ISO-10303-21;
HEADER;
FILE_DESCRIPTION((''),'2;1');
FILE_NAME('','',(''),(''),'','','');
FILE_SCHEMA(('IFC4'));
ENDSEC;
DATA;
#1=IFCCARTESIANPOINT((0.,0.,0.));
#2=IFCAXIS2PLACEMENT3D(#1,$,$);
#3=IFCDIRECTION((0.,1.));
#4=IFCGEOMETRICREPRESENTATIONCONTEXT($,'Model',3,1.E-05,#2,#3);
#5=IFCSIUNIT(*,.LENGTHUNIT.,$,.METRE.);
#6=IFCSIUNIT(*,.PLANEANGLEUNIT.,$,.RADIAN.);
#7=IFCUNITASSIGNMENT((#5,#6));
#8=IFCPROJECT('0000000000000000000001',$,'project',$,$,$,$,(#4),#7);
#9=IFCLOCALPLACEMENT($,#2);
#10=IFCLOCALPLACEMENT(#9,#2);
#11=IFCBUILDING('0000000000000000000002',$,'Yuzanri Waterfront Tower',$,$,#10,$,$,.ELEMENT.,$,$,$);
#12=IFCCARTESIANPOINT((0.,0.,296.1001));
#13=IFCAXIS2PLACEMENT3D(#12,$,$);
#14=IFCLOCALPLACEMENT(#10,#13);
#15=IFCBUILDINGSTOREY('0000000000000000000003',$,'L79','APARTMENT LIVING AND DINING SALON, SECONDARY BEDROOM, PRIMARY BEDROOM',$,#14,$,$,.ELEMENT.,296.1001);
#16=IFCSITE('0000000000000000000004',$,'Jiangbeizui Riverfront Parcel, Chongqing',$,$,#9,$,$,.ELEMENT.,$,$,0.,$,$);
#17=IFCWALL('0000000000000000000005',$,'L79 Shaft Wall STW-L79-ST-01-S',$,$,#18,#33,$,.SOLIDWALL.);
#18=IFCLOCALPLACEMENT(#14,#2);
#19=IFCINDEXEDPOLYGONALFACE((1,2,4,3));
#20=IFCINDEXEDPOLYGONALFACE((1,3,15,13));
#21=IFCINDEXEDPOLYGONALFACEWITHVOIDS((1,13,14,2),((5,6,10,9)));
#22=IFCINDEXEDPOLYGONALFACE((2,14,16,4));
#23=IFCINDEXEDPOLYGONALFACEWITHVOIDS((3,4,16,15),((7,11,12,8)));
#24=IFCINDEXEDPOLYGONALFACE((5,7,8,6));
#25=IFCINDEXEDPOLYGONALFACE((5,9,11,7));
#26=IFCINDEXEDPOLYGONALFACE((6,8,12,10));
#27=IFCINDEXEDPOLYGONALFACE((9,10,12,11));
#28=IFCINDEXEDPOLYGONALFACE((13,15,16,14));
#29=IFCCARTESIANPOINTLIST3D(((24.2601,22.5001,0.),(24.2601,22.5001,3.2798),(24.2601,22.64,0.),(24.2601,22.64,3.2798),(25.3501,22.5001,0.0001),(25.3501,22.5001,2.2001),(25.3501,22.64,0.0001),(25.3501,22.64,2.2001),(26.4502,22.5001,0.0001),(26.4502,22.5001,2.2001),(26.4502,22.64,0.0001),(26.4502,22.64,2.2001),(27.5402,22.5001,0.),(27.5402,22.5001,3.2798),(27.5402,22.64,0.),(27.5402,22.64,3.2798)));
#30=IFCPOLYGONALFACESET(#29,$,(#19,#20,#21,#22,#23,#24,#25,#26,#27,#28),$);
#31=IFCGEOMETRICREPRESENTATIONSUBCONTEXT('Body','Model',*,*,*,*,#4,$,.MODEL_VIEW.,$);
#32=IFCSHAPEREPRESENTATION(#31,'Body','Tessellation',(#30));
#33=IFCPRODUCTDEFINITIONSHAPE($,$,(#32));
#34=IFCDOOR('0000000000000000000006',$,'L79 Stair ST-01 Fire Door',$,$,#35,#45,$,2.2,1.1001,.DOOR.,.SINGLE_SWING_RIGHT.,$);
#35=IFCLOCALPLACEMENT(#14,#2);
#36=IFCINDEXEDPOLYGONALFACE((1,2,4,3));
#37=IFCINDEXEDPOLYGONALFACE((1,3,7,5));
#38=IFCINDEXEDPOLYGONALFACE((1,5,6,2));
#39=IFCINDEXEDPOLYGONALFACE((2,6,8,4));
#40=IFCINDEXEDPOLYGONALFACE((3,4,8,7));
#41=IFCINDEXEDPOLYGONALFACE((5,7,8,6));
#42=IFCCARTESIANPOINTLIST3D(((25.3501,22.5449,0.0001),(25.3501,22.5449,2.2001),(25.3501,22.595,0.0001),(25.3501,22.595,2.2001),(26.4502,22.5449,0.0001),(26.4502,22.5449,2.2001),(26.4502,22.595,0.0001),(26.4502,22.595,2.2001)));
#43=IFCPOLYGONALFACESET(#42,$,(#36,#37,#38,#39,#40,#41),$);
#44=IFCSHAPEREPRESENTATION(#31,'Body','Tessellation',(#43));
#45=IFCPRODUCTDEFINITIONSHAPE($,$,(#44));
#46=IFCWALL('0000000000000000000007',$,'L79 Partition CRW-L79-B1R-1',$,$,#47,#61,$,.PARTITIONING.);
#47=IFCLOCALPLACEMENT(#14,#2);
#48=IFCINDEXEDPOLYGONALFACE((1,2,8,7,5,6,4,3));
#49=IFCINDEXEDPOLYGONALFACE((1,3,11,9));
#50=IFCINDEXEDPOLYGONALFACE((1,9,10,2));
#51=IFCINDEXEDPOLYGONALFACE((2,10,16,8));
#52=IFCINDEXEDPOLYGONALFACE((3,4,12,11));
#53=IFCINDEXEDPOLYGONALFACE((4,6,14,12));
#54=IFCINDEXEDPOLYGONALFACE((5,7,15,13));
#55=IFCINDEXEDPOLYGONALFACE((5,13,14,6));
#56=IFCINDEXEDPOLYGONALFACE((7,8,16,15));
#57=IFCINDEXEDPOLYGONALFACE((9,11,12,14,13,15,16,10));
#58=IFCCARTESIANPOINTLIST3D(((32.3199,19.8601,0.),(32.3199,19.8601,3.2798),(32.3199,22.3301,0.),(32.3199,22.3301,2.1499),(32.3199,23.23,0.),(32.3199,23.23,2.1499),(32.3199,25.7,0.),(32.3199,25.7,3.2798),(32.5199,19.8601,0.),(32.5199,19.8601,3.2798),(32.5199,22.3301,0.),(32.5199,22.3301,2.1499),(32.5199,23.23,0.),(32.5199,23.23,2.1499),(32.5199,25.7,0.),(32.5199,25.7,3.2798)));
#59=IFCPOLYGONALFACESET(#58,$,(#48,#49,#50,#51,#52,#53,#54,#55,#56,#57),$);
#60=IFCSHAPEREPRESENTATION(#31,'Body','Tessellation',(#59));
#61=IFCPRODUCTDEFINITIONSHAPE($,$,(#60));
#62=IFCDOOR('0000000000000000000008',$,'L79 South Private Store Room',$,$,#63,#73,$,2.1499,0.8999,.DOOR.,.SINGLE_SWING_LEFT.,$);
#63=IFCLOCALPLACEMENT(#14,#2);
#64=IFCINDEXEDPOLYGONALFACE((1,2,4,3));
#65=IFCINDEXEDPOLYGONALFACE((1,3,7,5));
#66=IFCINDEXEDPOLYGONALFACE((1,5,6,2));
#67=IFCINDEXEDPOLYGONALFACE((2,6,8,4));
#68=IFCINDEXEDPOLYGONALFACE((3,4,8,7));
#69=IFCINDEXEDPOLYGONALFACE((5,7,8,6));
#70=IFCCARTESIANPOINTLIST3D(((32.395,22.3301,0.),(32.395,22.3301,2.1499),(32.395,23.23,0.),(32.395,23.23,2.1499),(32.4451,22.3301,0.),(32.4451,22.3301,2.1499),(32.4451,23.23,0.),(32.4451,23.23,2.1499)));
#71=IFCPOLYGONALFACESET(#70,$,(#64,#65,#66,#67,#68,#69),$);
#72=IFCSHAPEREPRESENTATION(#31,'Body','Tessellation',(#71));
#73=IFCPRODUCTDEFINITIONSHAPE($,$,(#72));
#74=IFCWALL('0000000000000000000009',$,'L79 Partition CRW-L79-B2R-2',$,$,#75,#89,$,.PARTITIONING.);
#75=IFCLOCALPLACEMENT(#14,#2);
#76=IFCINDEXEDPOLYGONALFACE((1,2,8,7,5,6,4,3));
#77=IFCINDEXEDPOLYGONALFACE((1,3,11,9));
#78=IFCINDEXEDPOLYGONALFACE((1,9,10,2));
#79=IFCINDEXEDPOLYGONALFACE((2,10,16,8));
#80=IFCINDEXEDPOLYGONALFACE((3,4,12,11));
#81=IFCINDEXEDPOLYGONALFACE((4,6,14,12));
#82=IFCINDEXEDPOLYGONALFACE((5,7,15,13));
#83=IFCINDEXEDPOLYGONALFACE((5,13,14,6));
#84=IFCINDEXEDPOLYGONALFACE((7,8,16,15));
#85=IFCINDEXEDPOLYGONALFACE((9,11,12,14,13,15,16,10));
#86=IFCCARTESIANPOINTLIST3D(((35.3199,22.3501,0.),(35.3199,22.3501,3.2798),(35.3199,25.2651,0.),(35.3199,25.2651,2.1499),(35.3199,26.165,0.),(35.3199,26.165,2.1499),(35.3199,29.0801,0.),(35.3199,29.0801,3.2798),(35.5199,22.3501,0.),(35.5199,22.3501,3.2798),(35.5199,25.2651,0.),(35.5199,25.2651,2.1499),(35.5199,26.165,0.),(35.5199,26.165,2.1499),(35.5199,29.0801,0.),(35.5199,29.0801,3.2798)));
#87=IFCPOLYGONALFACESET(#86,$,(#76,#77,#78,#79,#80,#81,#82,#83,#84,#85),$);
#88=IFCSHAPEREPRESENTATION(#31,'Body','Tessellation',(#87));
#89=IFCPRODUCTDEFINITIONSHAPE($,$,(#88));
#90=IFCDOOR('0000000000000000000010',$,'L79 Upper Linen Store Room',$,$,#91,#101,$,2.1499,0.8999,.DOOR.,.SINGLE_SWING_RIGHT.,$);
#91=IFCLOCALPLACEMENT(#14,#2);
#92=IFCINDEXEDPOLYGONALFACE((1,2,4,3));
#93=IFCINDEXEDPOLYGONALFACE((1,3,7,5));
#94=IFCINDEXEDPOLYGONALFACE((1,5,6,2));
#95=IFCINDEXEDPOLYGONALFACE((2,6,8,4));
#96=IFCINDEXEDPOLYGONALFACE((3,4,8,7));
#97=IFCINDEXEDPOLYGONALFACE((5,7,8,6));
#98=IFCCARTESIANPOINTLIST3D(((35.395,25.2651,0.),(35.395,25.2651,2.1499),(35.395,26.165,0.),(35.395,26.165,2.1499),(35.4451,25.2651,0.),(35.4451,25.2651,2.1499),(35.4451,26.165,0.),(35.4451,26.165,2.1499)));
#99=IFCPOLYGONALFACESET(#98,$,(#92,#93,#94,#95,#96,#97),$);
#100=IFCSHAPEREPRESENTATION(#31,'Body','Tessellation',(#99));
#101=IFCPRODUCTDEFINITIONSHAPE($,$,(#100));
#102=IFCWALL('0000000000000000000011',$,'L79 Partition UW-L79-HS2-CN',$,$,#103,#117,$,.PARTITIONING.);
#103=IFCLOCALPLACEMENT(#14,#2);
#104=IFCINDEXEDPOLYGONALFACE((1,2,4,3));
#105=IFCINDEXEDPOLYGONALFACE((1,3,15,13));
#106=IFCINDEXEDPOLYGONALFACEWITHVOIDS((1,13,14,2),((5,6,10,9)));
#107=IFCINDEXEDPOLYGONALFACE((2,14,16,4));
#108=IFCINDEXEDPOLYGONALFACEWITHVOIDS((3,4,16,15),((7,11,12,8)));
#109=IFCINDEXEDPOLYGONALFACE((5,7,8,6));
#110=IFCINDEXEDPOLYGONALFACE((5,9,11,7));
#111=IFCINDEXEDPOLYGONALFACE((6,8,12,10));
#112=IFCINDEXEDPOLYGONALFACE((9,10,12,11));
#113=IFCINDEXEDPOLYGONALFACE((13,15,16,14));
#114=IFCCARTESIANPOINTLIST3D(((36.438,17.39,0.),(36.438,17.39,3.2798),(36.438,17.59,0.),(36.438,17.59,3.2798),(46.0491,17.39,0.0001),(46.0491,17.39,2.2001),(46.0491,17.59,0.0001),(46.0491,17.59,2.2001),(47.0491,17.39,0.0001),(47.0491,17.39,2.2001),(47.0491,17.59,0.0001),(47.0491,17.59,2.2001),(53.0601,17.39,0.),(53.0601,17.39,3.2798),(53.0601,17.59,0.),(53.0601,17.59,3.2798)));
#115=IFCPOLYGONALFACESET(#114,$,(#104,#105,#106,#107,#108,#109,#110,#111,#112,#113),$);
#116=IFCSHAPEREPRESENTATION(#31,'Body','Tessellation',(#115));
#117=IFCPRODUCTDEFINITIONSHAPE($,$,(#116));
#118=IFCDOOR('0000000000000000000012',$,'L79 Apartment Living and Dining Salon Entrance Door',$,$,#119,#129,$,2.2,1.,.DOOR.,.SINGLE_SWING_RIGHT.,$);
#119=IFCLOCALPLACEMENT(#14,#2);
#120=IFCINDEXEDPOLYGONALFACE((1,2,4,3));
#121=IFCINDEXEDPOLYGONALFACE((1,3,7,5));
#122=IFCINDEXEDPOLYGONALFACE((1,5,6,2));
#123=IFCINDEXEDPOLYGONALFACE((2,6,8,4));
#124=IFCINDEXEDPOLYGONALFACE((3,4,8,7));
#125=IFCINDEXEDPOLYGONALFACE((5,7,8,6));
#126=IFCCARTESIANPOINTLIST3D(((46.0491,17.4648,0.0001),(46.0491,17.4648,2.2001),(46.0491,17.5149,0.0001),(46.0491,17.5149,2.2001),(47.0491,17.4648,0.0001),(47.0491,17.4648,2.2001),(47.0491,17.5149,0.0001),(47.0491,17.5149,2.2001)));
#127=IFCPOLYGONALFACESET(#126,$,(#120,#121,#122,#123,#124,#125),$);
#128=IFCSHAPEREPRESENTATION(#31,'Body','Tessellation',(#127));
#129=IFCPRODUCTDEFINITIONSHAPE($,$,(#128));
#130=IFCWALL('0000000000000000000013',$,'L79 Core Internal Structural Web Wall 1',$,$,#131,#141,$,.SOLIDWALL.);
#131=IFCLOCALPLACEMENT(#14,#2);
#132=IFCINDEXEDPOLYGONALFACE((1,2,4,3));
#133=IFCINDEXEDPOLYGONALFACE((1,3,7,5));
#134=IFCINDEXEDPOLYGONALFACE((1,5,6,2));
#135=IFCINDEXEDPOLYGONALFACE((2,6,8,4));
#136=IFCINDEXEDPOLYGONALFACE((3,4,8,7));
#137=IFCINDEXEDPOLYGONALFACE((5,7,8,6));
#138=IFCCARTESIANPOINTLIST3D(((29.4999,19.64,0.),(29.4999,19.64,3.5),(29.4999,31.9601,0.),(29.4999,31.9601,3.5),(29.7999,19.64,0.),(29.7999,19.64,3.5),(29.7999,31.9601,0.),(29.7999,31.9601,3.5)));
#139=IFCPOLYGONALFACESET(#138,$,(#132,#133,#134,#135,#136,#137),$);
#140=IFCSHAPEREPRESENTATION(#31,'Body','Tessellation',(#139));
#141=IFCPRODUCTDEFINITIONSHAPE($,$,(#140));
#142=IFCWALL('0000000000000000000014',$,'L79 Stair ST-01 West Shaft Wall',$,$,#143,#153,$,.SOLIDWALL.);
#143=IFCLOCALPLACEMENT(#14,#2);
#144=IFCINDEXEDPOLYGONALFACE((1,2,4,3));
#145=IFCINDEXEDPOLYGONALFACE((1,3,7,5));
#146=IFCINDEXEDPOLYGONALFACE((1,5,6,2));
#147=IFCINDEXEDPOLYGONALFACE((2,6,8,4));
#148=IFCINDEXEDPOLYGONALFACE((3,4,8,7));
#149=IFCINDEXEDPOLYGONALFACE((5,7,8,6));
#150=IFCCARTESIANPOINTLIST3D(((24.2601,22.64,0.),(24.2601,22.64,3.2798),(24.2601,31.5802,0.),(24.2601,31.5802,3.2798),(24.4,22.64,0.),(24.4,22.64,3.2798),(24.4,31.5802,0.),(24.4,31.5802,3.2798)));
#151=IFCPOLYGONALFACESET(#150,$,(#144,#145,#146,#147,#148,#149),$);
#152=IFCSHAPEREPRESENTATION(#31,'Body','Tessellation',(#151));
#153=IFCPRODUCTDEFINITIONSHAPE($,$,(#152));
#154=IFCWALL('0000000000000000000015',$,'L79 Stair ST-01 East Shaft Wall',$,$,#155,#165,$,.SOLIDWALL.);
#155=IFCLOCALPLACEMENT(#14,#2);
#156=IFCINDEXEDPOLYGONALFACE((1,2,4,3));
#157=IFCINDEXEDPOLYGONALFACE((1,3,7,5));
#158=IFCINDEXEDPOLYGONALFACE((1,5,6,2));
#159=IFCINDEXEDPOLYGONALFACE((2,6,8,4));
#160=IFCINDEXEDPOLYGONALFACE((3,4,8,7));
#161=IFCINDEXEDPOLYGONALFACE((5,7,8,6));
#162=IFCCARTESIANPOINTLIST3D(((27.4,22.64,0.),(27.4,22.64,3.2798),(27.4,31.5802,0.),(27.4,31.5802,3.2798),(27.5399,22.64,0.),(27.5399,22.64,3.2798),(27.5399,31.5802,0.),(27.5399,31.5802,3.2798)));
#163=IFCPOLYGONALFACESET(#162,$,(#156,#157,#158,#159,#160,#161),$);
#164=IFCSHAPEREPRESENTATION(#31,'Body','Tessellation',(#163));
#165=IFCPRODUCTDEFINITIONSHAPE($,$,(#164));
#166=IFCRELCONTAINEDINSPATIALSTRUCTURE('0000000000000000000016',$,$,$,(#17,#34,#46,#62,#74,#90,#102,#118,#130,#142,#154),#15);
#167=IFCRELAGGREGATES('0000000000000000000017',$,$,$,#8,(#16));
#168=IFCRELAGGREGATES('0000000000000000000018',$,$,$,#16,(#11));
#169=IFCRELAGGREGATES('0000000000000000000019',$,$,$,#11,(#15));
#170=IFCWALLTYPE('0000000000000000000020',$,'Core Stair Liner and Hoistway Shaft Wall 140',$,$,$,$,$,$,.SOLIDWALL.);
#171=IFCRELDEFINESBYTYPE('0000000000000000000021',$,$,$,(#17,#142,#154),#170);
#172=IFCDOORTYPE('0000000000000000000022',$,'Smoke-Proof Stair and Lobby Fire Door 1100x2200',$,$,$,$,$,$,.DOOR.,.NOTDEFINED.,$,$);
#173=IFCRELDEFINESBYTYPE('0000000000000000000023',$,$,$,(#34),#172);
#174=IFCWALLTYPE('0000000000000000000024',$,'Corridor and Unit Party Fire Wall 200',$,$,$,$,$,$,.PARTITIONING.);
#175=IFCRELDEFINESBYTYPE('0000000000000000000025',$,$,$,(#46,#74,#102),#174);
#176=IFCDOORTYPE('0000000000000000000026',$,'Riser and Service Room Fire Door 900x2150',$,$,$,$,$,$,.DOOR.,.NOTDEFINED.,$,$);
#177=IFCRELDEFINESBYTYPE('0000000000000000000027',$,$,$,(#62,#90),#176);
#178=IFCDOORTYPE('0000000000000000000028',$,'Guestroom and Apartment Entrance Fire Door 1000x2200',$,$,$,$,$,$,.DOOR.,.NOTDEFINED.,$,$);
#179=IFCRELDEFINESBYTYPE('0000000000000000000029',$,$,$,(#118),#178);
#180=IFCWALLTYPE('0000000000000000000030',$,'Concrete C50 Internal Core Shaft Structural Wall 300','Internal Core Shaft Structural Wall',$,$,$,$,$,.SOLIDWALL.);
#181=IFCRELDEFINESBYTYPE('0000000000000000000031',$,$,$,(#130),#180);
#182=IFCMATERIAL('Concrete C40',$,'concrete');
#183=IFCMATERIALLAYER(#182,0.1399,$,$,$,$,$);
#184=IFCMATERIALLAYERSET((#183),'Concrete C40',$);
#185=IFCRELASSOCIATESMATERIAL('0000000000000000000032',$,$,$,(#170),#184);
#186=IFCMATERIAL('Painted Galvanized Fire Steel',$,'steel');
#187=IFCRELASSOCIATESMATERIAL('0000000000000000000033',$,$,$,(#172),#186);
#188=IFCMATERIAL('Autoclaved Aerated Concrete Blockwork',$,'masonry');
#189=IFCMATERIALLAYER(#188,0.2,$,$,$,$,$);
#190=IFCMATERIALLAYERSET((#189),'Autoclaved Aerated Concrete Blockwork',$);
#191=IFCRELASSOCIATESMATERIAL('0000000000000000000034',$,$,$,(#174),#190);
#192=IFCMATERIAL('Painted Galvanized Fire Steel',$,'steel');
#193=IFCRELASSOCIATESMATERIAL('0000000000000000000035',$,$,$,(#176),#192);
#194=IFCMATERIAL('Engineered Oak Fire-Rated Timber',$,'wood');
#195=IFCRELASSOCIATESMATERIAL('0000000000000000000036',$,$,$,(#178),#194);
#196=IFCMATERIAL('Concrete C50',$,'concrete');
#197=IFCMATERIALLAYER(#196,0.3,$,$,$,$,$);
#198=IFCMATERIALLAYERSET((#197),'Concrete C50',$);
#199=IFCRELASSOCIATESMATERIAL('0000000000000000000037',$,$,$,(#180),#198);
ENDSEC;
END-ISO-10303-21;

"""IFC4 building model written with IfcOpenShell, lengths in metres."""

from ifc_helpers import new_model, si_unit, direction, frame, frame_2d, origin, place, context, subcontext, project, spatial, rectangle, extrude, source, transform, mapped, material, layer, layer_set, type_object, element, fill, save


model = new_model("IFC4")

# Units and contexts
model_context = context("Model", 3, precision=1e-05, world=origin(), true_north=direction((0.0, 1.0)))
body_context = subcontext(model_context, "Body", "Model", "MODEL_VIEW")
ifc_project = project(units=[si_unit("LENGTHUNIT", "METRE"), si_unit("PLANEANGLEUNIT", "RADIAN")], contexts=[model_context])

# Site, building, storey
site_placement = place(None, origin())
site = spatial("IfcSite", under=ifc_project, at=site_placement, Name="Jiangbeizui Riverfront Parcel, Chongqing", CompositionType="ELEMENT", RefElevation=0.0)
building_placement = place(site_placement, origin())
building = spatial("IfcBuilding", under=site, at=building_placement, Name="Yuzanri Waterfront Tower", CompositionType="ELEMENT")
storey_placement = place(building_placement, frame((0.0, 0.0, 296.1001)))
storey = spatial("IfcBuildingStorey", under=building, at=storey_placement, Name="L79", Description="APARTMENT LIVING AND DINING SALON, SECONDARY BEDROOM, PRIMARY BEDROOM", CompositionType="ELEMENT", Elevation=296.1001)

# Walls, openings, doors
ifc_material_1 = material(Name="Concrete C40", Category="concrete")
ifc_layer_1 = layer(ifc_material_1, 0.1399)
ifc_layer_set_1 = layer_set([ifc_layer_1], Name="Concrete C40")
wall_type_1 = type_object("IfcWallType", Name="Core Stair Liner and Hoistway Shaft Wall 140", PredefinedType="SOLIDWALL", material=ifc_layer_set_1)
wall_1_placement = place(storey_placement, frame((24.26, 22.5701, 0.0), z_axis=(0.0, 0.0, 1.0), x_axis=(1.0, 0.0, 0.0)))
wall_1 = element("IfcWall", 1, at=wall_1_placement, inside=storey, type_object=wall_type_1, Name="L79 Shaft Wall STW-L79-ST-01-S", PredefinedType="SOLIDWALL", context=body_context, shape_type="SweptSolid", body=[
    extrude(rectangle(XDim=3.28, YDim=0.1399, at=frame_2d((1.6401, 0.0))), origin(), (0.0, 0.0, 1.0), 3.2798),
])
opening_1_placement = place(wall_1_placement, frame((1.0901, 0.0, 0.0)))
opening_1 = element("IfcOpeningElement", 2, at=opening_1_placement, cuts=wall_1, PredefinedType="OPENING", context=body_context, shape_type="SweptSolid", body=[
    extrude(rectangle(XDim=1.1001, YDim=2.2, at=frame_2d((0.55, 1.1001))), frame((0.0, 0.085, 0.0), z_axis=(0.0, -1.0, 0.0), x_axis=(1.0, 0.0, 0.0)), (0.0, 0.0, 1.0), 0.1697),
])
ifc_material_2 = material(Name="Painted Galvanized Fire Steel", Category="steel")
door_type_1 = type_object("IfcDoorType", Name="Smoke-Proof Stair and Lobby Fire Door 1100x2200", OperationType="NOTDEFINED", PredefinedType="DOOR", material=ifc_material_2)
shared_shape_1 = source(origin(), body_context, "Body", "SweptSolid", [
    extrude(rectangle(XDim=1.1001, YDim=2.2, at=frame_2d((0.55, 1.1001))), frame((0.0, 0.0249, 0.0), z_axis=(0.0, -1.0, 0.0), x_axis=(1.0, 0.0, 0.0)), (0.0, 0.0, 1.0), 0.05),
])
door_1_placement = place(opening_1_placement, origin())
door_1 = element("IfcDoor", 3, at=door_1_placement, inside=storey, type_object=door_type_1, Name="L79 Stair ST-01 Fire Door", OperationType="SINGLE_SWING_RIGHT", OverallHeight=2.2, OverallWidth=1.1001, PredefinedType="DOOR", context=body_context, shape_type="MappedRepresentation", body=[
    mapped(shared_shape_1, transform((0.0, 0.0, 0.0), scale=1.0)),
])
fill(opening_1, door_1)
ifc_material_3 = material(Name="Autoclaved Aerated Concrete Blockwork", Category="masonry")
ifc_layer_2 = layer(ifc_material_3, 0.2)
ifc_layer_set_2 = layer_set([ifc_layer_2], Name="Autoclaved Aerated Concrete Blockwork")
wall_type_2 = type_object("IfcWallType", Name="Corridor and Unit Party Fire Wall 200", PredefinedType="PARTITIONING", material=ifc_layer_set_2)
wall_2_placement = place(storey_placement, frame((32.4199, 19.8601, 0.0), z_axis=(0.0, 0.0, 1.0), x_axis=(0.0, 1.0, 0.0)))
wall_2 = element("IfcWall", 4, at=wall_2_placement, inside=storey, type_object=wall_type_2, Name="L79 Partition CRW-L79-B1R-1", PredefinedType="PARTITIONING", context=body_context, shape_type="SweptSolid", body=[
    extrude(rectangle(XDim=5.8398, YDim=0.2, at=frame_2d((2.9199, 0.0))), origin(), (0.0, 0.0, 1.0), 3.2798),
])
opening_2_placement = place(wall_2_placement, frame((2.47, 0.0, 0.0)))
opening_2 = element("IfcOpeningElement", 5, at=opening_2_placement, cuts=wall_2, PredefinedType="OPENING", context=body_context, shape_type="SweptSolid", body=[
    extrude(rectangle(XDim=0.8999, YDim=2.1499, at=frame_2d((0.45, 1.075))), frame((0.0, 0.1147, 0.0), z_axis=(0.0, -1.0, 0.0), x_axis=(1.0, 0.0, 0.0)), (0.0, 0.0, 1.0), 0.2297),
])
ifc_material_4 = material(Name="Painted Galvanized Fire Steel", Category="steel")
door_type_2 = type_object("IfcDoorType", Name="Riser and Service Room Fire Door 900x2150", OperationType="NOTDEFINED", PredefinedType="DOOR", material=ifc_material_4)
shared_shape_2 = source(origin(), body_context, "Body", "SweptSolid", [
    extrude(rectangle(XDim=0.8999, YDim=2.1499, at=frame_2d((0.45, 1.075))), frame((0.0, 0.0249, 0.0), z_axis=(0.0, -1.0, 0.0), x_axis=(1.0, 0.0, 0.0)), (0.0, 0.0, 1.0), 0.05),
])
door_2_placement = place(opening_2_placement, origin())
door_2 = element("IfcDoor", 6, at=door_2_placement, inside=storey, type_object=door_type_2, Name="L79 South Private Store Room", OperationType="SINGLE_SWING_LEFT", OverallHeight=2.1499, OverallWidth=0.8999, PredefinedType="DOOR", context=body_context, shape_type="MappedRepresentation", body=[
    mapped(shared_shape_2, transform((0.0, 0.0, 0.0), scale=1.0)),
])
fill(opening_2, door_2)
wall_3_placement = place(storey_placement, frame((35.4199, 22.3501, 0.0), z_axis=(0.0, 0.0, 1.0), x_axis=(0.0, 1.0, 0.0)))
wall_3 = element("IfcWall", 7, at=wall_3_placement, inside=storey, type_object=wall_type_2, Name="L79 Partition CRW-L79-B2R-2", PredefinedType="PARTITIONING", context=body_context, shape_type="SweptSolid", body=[
    extrude(rectangle(XDim=6.73, YDim=0.2, at=frame_2d((3.365, 0.0))), origin(), (0.0, 0.0, 1.0), 3.2798),
])
opening_3_placement = place(wall_3_placement, frame((2.915, 0.0, 0.0)))
opening_3 = element("IfcOpeningElement", 8, at=opening_3_placement, cuts=wall_3, PredefinedType="OPENING", context=body_context, shape_type="SweptSolid", body=[
    extrude(rectangle(XDim=0.8999, YDim=2.1499, at=frame_2d((0.45, 1.075))), frame((0.0, 0.1147, 0.0), z_axis=(0.0, -1.0, 0.0), x_axis=(1.0, 0.0, 0.0)), (0.0, 0.0, 1.0), 0.2297),
])
door_3_placement = place(opening_3_placement, origin())
door_3 = element("IfcDoor", 9, at=door_3_placement, inside=storey, type_object=door_type_2, Name="L79 Upper Linen Store Room", OperationType="SINGLE_SWING_RIGHT", OverallHeight=2.1499, OverallWidth=0.8999, PredefinedType="DOOR", context=body_context, shape_type="MappedRepresentation", body=[
    mapped(shared_shape_2, transform((0.0, 0.0, 0.0), scale=1.0)),
])
fill(opening_3, door_3)
wall_4_placement = place(storey_placement, frame((36.438, 17.49, 0.0), z_axis=(0.0, 0.0, 1.0), x_axis=(1.0, 0.0, 0.0)))
wall_4 = element("IfcWall", 10, at=wall_4_placement, inside=storey, type_object=wall_type_2, Name="L79 Partition UW-L79-HS2-CN", PredefinedType="PARTITIONING", context=body_context, shape_type="SweptSolid", body=[
    extrude(rectangle(XDim=16.6221, YDim=0.2, at=frame_2d((8.311, 0.0))), origin(), (0.0, 0.0, 1.0), 3.2798),
])
opening_4_placement = place(wall_4_placement, frame((9.6111, 0.0, 0.0)))
opening_4 = element("IfcOpeningElement", 11, at=opening_4_placement, cuts=wall_4, PredefinedType="OPENING", context=body_context, shape_type="SweptSolid", body=[
    extrude(rectangle(XDim=1.0, YDim=2.2, at=frame_2d((0.5, 1.1001))), frame((0.0, 0.1147, 0.0), z_axis=(0.0, -1.0, 0.0), x_axis=(1.0, 0.0, 0.0)), (0.0, 0.0, 1.0), 0.2297),
])
ifc_material_5 = material(Name="Engineered Oak Fire-Rated Timber", Category="wood")
door_type_3 = type_object("IfcDoorType", Name="Guestroom and Apartment Entrance Fire Door 1000x2200", OperationType="NOTDEFINED", PredefinedType="DOOR", material=ifc_material_5)
shared_shape_3 = source(origin(), body_context, "Body", "SweptSolid", [
    extrude(rectangle(XDim=1.0, YDim=2.2, at=frame_2d((0.5, 1.1001))), frame((0.0, 0.0249, 0.0), z_axis=(0.0, -1.0, 0.0), x_axis=(1.0, 0.0, 0.0)), (0.0, 0.0, 1.0), 0.05),
])
door_4_placement = place(opening_4_placement, origin())
door_4 = element("IfcDoor", 12, at=door_4_placement, inside=storey, type_object=door_type_3, Name="L79 Apartment Living and Dining Salon Entrance Door", OperationType="SINGLE_SWING_RIGHT", OverallHeight=2.2, OverallWidth=1.0, PredefinedType="DOOR", context=body_context, shape_type="MappedRepresentation", body=[
    mapped(shared_shape_3, transform((0.0, 0.0, 0.0), scale=1.0)),
])
fill(opening_4, door_4)

# Walls
ifc_material_6 = material(Name="Concrete C50", Category="concrete")
ifc_layer_3 = layer(ifc_material_6, 0.3)
ifc_layer_set_3 = layer_set([ifc_layer_3], Name="Concrete C50")
wall_type_3 = type_object("IfcWallType", Name="Concrete C50 Internal Core Shaft Structural Wall 300", Description="Internal Core Shaft Structural Wall", PredefinedType="SOLIDWALL", material=ifc_layer_set_3)
shared_shape_4 = source(origin(), body_context, "Body", "SweptSolid", [
    extrude(rectangle(XDim=12.3201, YDim=0.3, at=frame_2d((6.1602, 0.0))), origin(), (0.0, 0.0, 1.0), 3.5),
])
wall_5_placement = place(storey_placement, frame((29.6499, 19.6399, 0.0), z_axis=(0.0, 0.0, 1.0), x_axis=(0.0, 1.0, 0.0)))
element("IfcWall", 13, at=wall_5_placement, inside=storey, type_object=wall_type_3, Name="L79 Core Internal Structural Web Wall 1", PredefinedType="SOLIDWALL", context=body_context, shape_type="MappedRepresentation", body=[
    mapped(shared_shape_4, transform((0.0, 0.0, 0.0), scale=1.0)),
])
shared_shape_5 = source(origin(), body_context, "Body", "SweptSolid", [
    extrude(rectangle(XDim=8.9402, YDim=0.1399, at=frame_2d((4.4702, 0.0))), origin(), (0.0, 0.0, 1.0), 3.2798),
])
for number, where, z_axis, x_axis, name in (
    (14, (24.3301, 22.6399, 0.0), (0.0, 0.0, 1.0), (0.0, 1.0, 0.0), "L79 Stair ST-01 West Shaft Wall"),
    (15, (27.47, 22.6399, 0.0), (0.0, 0.0, 1.0), (0.0, 1.0, 0.0), "L79 Stair ST-01 East Shaft Wall"),
):
    element("IfcWall", number, at=place(storey_placement, frame(where, z_axis=z_axis, x_axis=x_axis)), inside=storey, type_object=wall_type_1, Name=name, PredefinedType="SOLIDWALL", context=body_context, shape_type="MappedRepresentation", body=[
        mapped(shared_shape_5, transform((0.0, 0.0, 0.0), scale=1.0)),
    ])

save(model, "model.ifc")
